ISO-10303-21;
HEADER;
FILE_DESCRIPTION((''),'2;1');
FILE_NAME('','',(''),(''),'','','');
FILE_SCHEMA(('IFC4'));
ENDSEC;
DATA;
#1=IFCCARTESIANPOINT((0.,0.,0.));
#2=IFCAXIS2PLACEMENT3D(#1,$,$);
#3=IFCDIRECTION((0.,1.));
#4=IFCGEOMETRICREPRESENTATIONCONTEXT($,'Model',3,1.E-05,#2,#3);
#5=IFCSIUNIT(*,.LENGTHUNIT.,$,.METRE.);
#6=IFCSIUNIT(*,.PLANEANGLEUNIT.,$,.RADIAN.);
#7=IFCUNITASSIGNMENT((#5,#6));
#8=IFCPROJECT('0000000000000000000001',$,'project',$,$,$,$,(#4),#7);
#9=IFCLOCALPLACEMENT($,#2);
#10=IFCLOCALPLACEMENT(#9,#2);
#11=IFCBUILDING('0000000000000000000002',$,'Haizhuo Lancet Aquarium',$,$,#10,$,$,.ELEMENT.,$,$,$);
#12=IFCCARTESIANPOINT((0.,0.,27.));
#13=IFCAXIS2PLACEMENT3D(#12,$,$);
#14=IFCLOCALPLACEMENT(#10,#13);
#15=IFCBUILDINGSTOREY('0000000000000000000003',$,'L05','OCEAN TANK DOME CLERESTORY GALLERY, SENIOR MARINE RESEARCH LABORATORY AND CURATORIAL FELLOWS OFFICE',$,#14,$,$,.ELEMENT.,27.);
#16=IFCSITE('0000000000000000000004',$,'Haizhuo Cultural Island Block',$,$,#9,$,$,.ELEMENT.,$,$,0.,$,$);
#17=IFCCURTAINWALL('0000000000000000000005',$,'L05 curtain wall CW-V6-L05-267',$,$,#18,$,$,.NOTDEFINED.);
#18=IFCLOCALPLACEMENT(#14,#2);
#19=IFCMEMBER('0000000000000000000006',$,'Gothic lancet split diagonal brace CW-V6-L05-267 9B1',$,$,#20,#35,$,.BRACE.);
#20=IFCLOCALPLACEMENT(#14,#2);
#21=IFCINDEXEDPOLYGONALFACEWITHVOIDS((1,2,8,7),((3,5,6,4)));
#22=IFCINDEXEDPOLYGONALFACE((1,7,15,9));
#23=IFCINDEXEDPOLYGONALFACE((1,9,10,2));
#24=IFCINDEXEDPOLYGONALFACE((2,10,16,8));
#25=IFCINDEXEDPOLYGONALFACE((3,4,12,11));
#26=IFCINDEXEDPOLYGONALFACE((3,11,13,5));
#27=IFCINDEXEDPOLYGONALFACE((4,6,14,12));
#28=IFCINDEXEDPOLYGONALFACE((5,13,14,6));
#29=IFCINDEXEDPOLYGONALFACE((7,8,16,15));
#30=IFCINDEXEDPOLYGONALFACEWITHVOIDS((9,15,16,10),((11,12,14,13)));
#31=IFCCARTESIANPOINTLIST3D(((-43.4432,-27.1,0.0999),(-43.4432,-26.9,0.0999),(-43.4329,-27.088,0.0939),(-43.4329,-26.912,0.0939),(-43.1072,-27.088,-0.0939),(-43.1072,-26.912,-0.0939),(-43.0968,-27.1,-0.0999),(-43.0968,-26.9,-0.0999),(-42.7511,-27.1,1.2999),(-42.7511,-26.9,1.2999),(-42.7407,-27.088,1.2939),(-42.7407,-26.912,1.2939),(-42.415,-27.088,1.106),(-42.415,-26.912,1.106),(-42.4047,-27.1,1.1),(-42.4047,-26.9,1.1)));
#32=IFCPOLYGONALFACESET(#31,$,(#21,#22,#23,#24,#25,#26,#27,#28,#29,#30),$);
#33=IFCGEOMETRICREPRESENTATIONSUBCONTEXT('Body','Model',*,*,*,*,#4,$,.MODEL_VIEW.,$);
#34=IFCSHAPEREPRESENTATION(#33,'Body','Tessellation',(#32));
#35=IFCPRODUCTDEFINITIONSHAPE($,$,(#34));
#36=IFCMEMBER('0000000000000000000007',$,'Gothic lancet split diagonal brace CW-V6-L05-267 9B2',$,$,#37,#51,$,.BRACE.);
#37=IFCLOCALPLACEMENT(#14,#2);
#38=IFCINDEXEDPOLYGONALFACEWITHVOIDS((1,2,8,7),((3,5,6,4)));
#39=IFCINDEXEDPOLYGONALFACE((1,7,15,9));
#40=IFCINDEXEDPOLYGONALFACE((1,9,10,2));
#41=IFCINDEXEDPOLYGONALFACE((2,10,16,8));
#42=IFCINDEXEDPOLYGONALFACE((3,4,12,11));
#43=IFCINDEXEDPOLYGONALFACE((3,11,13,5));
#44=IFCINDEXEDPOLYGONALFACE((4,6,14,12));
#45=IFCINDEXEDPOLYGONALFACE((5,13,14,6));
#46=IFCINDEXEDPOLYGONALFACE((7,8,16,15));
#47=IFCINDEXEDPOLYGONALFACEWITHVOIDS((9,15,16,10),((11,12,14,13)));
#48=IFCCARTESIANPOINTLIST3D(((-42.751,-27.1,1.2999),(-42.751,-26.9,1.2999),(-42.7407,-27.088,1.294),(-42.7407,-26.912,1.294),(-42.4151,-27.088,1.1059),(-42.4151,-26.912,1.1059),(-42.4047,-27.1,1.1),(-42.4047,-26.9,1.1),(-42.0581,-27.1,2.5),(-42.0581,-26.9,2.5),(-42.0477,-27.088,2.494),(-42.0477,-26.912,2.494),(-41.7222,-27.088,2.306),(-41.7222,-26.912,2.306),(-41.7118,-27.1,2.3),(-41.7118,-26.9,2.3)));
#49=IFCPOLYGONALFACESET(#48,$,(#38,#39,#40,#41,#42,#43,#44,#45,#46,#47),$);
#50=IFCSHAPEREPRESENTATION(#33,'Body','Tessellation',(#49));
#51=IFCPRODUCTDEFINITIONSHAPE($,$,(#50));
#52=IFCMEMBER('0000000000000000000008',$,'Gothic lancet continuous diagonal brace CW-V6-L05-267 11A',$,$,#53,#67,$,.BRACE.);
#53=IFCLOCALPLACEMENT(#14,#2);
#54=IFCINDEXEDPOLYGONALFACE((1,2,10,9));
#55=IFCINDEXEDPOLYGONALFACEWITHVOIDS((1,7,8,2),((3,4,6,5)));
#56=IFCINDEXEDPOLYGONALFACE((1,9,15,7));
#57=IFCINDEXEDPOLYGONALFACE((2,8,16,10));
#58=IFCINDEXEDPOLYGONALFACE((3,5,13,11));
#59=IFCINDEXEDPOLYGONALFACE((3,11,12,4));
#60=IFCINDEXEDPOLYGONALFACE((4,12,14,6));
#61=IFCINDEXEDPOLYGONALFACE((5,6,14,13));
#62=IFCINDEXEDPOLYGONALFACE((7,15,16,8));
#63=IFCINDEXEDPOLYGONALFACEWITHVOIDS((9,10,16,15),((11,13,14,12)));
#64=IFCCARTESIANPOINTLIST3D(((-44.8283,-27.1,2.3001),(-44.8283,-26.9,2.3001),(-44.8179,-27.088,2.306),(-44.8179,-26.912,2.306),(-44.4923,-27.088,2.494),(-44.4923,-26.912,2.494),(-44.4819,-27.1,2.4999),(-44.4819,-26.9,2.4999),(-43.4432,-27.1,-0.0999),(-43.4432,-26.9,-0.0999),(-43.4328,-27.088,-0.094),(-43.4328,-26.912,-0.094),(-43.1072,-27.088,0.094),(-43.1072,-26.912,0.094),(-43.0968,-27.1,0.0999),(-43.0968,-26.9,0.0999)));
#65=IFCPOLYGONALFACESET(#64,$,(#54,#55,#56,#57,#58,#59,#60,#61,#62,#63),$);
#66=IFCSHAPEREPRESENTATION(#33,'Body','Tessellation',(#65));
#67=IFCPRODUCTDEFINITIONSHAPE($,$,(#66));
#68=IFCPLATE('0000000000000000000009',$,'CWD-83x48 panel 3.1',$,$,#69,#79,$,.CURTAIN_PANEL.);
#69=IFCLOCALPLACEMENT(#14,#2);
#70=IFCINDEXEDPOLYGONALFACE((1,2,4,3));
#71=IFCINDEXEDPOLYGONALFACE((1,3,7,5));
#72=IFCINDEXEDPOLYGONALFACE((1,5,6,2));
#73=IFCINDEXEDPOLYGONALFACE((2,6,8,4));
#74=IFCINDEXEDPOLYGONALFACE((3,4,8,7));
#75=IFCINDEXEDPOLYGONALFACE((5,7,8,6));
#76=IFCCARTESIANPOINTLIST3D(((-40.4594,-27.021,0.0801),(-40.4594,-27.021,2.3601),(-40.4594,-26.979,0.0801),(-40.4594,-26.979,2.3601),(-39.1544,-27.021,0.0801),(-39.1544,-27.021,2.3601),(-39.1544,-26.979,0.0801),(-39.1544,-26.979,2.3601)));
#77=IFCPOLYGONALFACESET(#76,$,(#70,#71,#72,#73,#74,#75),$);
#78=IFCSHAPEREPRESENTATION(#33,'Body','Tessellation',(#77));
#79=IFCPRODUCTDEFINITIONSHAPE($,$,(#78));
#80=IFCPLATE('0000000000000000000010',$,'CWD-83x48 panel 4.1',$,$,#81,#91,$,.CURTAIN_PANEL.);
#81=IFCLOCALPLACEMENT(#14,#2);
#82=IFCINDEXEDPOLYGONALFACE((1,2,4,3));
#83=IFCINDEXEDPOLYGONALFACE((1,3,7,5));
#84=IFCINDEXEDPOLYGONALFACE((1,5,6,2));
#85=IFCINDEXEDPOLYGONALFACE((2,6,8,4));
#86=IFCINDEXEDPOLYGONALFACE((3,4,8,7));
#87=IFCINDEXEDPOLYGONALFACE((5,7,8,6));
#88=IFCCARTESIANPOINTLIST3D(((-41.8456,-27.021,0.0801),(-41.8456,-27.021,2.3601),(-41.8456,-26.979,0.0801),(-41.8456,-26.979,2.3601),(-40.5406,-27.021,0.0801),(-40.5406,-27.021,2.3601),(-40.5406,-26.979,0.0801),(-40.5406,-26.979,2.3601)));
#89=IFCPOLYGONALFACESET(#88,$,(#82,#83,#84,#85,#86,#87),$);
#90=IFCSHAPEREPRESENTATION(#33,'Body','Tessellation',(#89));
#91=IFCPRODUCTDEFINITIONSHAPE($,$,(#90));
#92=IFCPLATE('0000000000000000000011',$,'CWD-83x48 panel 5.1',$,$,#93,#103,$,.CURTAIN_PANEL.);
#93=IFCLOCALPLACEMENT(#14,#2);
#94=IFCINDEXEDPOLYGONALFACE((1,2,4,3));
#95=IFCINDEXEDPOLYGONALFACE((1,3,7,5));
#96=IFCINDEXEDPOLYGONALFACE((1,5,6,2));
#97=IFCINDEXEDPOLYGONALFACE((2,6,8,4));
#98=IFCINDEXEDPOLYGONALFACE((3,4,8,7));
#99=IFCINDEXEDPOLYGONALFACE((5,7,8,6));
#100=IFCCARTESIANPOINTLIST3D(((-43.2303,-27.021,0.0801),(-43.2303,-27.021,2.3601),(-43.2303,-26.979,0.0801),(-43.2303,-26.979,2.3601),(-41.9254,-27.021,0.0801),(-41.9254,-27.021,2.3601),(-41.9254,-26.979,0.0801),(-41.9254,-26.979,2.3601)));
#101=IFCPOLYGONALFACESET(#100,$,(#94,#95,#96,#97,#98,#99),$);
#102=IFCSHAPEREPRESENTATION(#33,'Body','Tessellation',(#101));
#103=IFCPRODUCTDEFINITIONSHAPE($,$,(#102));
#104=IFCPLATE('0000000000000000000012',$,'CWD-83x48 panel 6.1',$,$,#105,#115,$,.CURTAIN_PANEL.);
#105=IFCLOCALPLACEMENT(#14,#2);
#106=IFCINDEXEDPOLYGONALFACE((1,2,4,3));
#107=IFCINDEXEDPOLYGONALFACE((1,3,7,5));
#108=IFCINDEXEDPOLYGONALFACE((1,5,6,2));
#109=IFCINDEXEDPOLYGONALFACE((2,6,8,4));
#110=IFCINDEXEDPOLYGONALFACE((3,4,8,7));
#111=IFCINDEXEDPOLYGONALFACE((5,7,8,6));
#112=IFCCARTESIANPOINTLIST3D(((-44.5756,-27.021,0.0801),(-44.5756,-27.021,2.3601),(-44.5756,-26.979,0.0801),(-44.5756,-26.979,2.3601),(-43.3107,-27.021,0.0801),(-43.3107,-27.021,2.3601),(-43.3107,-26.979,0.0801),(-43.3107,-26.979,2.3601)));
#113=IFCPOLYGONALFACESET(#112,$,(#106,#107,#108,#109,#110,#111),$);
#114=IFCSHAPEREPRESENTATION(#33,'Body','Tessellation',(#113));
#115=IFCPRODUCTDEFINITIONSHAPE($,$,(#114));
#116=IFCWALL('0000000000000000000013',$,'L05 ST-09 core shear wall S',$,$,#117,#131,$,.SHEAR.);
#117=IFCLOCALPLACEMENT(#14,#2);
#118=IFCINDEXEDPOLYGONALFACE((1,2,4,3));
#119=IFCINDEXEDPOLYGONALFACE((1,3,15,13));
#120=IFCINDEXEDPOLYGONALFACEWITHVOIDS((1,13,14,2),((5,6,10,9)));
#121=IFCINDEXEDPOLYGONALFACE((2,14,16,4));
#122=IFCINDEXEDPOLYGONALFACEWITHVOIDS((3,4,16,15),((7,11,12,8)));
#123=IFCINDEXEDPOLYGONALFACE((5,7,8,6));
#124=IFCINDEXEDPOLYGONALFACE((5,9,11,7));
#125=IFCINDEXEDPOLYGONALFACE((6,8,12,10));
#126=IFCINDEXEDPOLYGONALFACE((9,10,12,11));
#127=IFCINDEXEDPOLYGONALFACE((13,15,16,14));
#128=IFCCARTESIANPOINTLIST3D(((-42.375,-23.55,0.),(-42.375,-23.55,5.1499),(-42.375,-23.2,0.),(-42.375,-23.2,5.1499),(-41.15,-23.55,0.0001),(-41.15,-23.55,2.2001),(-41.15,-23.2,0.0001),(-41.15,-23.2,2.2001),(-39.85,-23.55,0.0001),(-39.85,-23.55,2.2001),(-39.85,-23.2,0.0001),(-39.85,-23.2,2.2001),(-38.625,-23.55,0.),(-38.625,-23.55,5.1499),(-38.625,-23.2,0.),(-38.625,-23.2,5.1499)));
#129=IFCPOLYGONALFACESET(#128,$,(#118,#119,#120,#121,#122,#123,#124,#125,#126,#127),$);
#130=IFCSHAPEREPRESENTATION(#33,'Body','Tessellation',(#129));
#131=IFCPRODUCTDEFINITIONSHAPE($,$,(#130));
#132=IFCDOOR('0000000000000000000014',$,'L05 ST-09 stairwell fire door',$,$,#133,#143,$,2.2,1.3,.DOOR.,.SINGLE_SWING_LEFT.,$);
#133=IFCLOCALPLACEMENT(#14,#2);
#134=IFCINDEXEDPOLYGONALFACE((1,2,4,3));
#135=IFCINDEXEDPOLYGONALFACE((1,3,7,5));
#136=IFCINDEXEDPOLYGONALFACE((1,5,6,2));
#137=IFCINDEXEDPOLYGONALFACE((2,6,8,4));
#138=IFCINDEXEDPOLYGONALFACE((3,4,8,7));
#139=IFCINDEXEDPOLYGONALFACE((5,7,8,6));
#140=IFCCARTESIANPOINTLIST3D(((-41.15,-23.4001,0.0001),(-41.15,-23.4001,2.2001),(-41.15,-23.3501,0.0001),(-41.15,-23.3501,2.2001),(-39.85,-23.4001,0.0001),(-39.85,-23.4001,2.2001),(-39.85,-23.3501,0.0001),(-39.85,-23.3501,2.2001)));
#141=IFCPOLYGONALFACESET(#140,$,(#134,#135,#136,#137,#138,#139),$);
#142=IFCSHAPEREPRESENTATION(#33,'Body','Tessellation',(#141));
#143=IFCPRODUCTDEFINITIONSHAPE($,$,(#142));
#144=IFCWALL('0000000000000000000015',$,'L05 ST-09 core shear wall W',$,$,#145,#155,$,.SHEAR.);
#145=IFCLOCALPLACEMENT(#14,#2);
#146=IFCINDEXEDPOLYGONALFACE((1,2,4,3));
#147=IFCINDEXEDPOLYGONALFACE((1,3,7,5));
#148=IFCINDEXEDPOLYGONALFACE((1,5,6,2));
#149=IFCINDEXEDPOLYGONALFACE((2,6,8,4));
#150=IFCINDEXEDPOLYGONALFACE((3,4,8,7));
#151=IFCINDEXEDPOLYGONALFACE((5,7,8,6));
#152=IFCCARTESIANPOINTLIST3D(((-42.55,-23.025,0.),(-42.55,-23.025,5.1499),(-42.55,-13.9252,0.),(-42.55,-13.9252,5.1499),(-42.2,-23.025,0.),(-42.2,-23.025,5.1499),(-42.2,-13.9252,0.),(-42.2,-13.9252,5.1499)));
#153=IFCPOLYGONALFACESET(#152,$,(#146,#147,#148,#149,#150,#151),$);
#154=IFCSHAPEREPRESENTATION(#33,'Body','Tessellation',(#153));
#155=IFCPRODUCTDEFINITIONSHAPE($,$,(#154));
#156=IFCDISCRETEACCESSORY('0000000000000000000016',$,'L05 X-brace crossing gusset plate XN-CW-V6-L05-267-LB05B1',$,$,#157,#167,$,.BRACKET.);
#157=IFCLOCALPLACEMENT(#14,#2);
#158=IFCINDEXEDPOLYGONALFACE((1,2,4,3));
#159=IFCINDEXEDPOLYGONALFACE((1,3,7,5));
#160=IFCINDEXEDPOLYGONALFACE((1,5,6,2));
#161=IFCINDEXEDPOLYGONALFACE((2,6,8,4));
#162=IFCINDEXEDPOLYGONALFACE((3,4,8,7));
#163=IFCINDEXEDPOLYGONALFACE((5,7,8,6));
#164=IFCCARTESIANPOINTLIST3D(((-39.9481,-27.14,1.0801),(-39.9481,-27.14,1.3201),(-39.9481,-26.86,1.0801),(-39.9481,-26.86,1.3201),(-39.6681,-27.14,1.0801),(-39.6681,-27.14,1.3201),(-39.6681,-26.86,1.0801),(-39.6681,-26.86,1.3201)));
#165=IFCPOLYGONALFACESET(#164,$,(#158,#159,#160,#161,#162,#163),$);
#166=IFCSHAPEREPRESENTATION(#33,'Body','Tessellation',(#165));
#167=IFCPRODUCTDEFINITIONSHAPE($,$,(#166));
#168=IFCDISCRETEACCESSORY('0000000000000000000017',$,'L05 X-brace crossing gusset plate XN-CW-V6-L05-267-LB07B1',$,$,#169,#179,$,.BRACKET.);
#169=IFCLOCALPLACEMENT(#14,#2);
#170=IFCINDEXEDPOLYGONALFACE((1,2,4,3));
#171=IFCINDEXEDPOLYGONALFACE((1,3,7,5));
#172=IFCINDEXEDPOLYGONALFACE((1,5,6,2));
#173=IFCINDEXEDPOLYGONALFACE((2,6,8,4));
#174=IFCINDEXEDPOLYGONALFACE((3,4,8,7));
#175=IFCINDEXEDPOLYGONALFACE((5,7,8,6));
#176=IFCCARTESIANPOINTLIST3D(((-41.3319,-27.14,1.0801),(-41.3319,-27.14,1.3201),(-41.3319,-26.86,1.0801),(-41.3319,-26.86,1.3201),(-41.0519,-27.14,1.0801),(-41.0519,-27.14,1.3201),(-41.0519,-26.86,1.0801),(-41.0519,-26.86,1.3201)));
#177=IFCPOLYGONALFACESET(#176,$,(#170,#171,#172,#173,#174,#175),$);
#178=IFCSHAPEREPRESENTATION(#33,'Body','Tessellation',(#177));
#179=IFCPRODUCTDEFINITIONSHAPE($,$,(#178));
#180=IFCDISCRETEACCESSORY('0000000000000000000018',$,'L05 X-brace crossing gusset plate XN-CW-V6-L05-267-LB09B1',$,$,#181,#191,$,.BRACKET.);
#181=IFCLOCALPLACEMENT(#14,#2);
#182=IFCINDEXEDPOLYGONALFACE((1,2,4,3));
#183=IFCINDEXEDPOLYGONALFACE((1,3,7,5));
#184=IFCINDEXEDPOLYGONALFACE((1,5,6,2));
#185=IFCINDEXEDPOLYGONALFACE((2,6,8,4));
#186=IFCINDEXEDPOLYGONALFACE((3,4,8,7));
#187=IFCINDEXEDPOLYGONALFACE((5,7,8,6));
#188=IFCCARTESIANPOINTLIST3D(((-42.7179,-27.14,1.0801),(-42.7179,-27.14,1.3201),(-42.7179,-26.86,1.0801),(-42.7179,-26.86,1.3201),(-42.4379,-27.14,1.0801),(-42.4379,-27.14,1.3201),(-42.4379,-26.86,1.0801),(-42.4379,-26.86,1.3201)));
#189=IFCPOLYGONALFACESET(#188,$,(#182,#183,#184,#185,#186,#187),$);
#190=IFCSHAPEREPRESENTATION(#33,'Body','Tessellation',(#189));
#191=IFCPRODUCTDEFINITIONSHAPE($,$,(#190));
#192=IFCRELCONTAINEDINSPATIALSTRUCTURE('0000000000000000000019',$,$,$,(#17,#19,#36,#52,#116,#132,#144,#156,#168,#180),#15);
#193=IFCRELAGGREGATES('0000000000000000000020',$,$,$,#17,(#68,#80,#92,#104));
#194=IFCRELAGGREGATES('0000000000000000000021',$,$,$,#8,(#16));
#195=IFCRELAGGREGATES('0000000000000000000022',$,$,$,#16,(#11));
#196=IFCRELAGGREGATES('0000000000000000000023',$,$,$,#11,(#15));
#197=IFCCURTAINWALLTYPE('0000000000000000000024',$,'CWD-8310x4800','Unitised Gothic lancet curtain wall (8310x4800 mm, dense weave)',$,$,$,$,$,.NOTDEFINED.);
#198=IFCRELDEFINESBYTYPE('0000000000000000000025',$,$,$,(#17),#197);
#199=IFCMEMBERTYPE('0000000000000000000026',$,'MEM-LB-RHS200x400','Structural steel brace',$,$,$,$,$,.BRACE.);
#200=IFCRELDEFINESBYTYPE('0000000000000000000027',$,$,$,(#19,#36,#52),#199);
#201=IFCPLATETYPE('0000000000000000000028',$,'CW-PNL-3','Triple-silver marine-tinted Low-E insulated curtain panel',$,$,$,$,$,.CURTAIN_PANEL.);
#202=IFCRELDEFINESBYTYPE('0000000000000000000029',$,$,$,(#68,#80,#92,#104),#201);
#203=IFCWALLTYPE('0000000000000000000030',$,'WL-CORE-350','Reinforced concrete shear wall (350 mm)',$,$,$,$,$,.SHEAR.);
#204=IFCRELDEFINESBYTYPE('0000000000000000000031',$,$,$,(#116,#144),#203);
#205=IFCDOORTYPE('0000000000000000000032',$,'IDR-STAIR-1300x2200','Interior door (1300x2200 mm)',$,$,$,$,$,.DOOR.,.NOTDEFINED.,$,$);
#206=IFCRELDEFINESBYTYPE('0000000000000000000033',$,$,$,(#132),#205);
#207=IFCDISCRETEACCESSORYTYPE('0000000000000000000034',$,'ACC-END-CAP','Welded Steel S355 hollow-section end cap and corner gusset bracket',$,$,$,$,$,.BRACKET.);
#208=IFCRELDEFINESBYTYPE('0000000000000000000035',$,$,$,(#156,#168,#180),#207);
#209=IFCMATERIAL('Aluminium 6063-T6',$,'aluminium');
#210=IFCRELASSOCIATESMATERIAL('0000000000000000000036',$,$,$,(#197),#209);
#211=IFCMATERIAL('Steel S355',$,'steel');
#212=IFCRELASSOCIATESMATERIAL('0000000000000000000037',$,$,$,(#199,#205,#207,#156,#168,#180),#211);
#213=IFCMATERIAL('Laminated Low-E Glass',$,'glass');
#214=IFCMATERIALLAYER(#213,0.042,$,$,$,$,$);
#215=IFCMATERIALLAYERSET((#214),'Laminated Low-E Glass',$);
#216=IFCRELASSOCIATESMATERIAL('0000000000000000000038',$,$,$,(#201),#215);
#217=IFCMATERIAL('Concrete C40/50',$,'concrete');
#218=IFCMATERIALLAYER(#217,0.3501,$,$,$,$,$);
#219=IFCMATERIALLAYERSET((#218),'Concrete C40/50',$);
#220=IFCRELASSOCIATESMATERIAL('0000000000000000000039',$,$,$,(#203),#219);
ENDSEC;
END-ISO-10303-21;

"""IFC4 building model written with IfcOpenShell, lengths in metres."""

from ifc_helpers import new_model, si_unit, direction, frame, frame_2d, origin, origin_2d, place, context, subcontext, project, spatial, rectangle, hollow_rectangle, extrude, material, layer, layer_set, material_profile, profile_set, type_object, element, fill, aggregate, save


model = new_model("IFC4")

# Units and contexts
model_context = context("Model", 3, precision=1e-05, world=origin(), true_north=direction((0.0, 1.0)))
body_context = subcontext(model_context, "Body", "Model", "MODEL_VIEW")
ifc_project = project(units=[si_unit("LENGTHUNIT", "METRE"), si_unit("PLANEANGLEUNIT", "RADIAN")], contexts=[model_context])

# Site, building, storey
site_placement = place(None, origin())
site = spatial("IfcSite", under=ifc_project, at=site_placement, Name="Haizhuo Cultural Island Block", CompositionType="ELEMENT", RefElevation=0.0)
building_placement = place(site_placement, origin())
building = spatial("IfcBuilding", under=site, at=building_placement, Name="Haizhuo Lancet Aquarium", CompositionType="ELEMENT")
storey_placement = place(building_placement, frame((0.0, 0.0, 27.0)))
storey = spatial("IfcBuildingStorey", under=building, at=storey_placement, Name="L05", Description="OCEAN TANK DOME CLERESTORY GALLERY, SENIOR MARINE RESEARCH LABORATORY AND CURATORIAL FELLOWS OFFICE", CompositionType="ELEMENT", Elevation=27.0)

# Curtain wall
ifc_material_1 = material(Name="Aluminium 6063-T6", Category="aluminium")
curtain_wall_type = type_object("IfcCurtainWallType", Name="CWD-8310x4800", Description="Unitised Gothic lancet curtain wall (8310x4800 mm, dense weave)", PredefinedType="NOTDEFINED", material=ifc_material_1)
curtain_wall_placement = place(storey_placement, origin())
curtain_wall = element("IfcCurtainWall", 1, at=curtain_wall_placement, inside=storey, type_object=curtain_wall_type, Name="L05 curtain wall CW-V6-L05-267", PredefinedType="NOTDEFINED")

# Members
ifc_material_2 = material(Name="Steel S355", Category="steel")
ifc_material_profile_1 = material_profile(ifc_material_2, hollow_rectangle(XDim=0.2, YDim=0.3999, WallThickness=0.012, at=origin_2d()), Name="RHS 200x400x12")
ifc_profile_set_1 = profile_set([ifc_material_profile_1], Name="Steel S355")
member_type_1 = type_object("IfcMemberType", Name="MEM-LB-RHS200x400", Description="Structural steel brace", PredefinedType="BRACE", material=ifc_profile_set_1)
member_1_placement = place(storey_placement, frame((-43.27, -27.0, 0.0), z_axis=(0.499646, 0.0, 0.86623), x_axis=(0.0, 1.0, 0.0)))
element("IfcMember", 2, at=member_1_placement, inside=storey, type_object=member_type_1, Name="Gothic lancet split diagonal brace CW-V6-L05-267 9B1", PredefinedType="BRACE", context=body_context, shape_type="SweptSolid", body=[
    extrude(hollow_rectangle(XDim=0.2, YDim=0.3999, WallThickness=0.012, at=origin_2d()), origin(), (0.0, 0.0, 1.0), 1.3853),
])
member_2_placement = place(storey_placement, frame((-42.5779, -27.0, 1.2), z_axis=(0.500043, 0.0, 0.866001), x_axis=(0.0, 1.0, 0.0)))
element("IfcMember", 3, at=member_2_placement, inside=storey, type_object=member_type_1, Name="Gothic lancet split diagonal brace CW-V6-L05-267 9B2", PredefinedType="BRACE", context=body_context, shape_type="SweptSolid", body=[
    extrude(hollow_rectangle(XDim=0.2, YDim=0.3999, WallThickness=0.012, at=origin_2d()), origin(), (0.0, 0.0, 1.0), 1.3857),
])
member_3_placement = place(storey_placement, frame((-43.27, -27.0, 0.0), z_axis=(-0.499844, 0.0, 0.866115), x_axis=(0.0, -1.0, 0.0)))
element("IfcMember", 4, at=member_3_placement, inside=storey, type_object=member_type_1, Name="Gothic lancet continuous diagonal brace CW-V6-L05-267 11A", PredefinedType="BRACE", context=body_context, shape_type="SweptSolid", body=[
    extrude(hollow_rectangle(XDim=0.2, YDim=0.3999, WallThickness=0.012, at=origin_2d()), origin(), (0.0, 0.0, 1.0), 2.771),
])

# Plates
ifc_material_3 = material(Name="Laminated Low-E Glass", Category="glass")
ifc_layer_1 = layer(ifc_material_3, 0.042)
ifc_layer_set_1 = layer_set([ifc_layer_1], Name="Laminated Low-E Glass")
plate_type = type_object("IfcPlateType", Name="CW-PNL-3", Description="Triple-silver marine-tinted Low-E insulated curtain panel", PredefinedType="CURTAIN_PANEL", material=ifc_layer_set_1)
plate_1_placement = place(storey_placement, frame((-39.8069, -27.0, 0.0801), z_axis=(0.0, 0.0, 1.0), x_axis=(-1.0, 0.0, 0.0)))
plate_1 = element("IfcPlate", 5, at=plate_1_placement, type_object=plate_type, Name="CWD-83x48 panel 3.1", PredefinedType="CURTAIN_PANEL", context=body_context, shape_type="SweptSolid", body=[
    extrude(rectangle(XDim=1.3049, YDim=0.042, at=origin_2d()), origin(), (0.0, 0.0, 1.0), 2.28),
])
plate_2_placement = place(storey_placement, frame((-41.1931, -27.0, 0.0801), z_axis=(0.0, 0.0, 1.0), x_axis=(-1.0, 0.0, 0.0)))
plate_2 = element("IfcPlate", 6, at=plate_2_placement, type_object=plate_type, Name="CWD-83x48 panel 4.1", PredefinedType="CURTAIN_PANEL", context=body_context, shape_type="SweptSolid", body=[
    extrude(rectangle(XDim=1.3049, YDim=0.042, at=origin_2d()), origin(), (0.0, 0.0, 1.0), 2.28),
])
plate_3_placement = place(storey_placement, frame((-42.5779, -27.0, 0.0801), z_axis=(0.0, 0.0, 1.0), x_axis=(-1.0, 0.0, 0.0)))
plate_3 = element("IfcPlate", 7, at=plate_3_placement, type_object=plate_type, Name="CWD-83x48 panel 5.1", PredefinedType="CURTAIN_PANEL", context=body_context, shape_type="SweptSolid", body=[
    extrude(rectangle(XDim=1.3049, YDim=0.042, at=origin_2d()), origin(), (0.0, 0.0, 1.0), 2.28),
])
plate_4_placement = place(storey_placement, frame((-43.9431, -27.0, 0.0801), z_axis=(0.0, 0.0, 1.0), x_axis=(-1.0, 0.0, 0.0)))
plate_4 = element("IfcPlate", 8, at=plate_4_placement, type_object=plate_type, Name="CWD-83x48 panel 6.1", PredefinedType="CURTAIN_PANEL", context=body_context, shape_type="SweptSolid", body=[
    extrude(rectangle(XDim=1.2649, YDim=0.042, at=origin_2d()), origin(), (0.0, 0.0, 1.0), 2.28),
])
aggregate(curtain_wall, [plate_1, plate_2, plate_3, plate_4])

# Wall, opening, door
ifc_material_4 = material(Name="Concrete C40/50", Category="concrete")
ifc_layer_2 = layer(ifc_material_4, 0.3501)
ifc_layer_set_2 = layer_set([ifc_layer_2], Name="Concrete C40/50")
wall_type = type_object("IfcWallType", Name="WL-CORE-350", Description="Reinforced concrete shear wall (350 mm)", PredefinedType="SHEAR", material=ifc_layer_set_2)
wall_1_placement = place(storey_placement, frame((-42.375, -23.375, 0.0), z_axis=(0.0, 0.0, 1.0), x_axis=(1.0, 0.0, 0.0)))
wall_1 = element("IfcWall", 9, at=wall_1_placement, inside=storey, type_object=wall_type, Name="L05 ST-09 core shear wall S", PredefinedType="SHEAR", context=body_context, shape_type="SweptSolid", body=[
    extrude(rectangle(XDim=3.75, YDim=0.3501, at=frame_2d((1.875, 0.0))), origin(), (0.0, 0.0, 1.0), 5.1499),
])
opening_placement = place(wall_1_placement, frame((1.2251, 0.0, 0.0)))
opening = element("IfcOpeningElement", 10, at=opening_placement, cuts=wall_1, PredefinedType="OPENING", context=body_context, shape_type="SweptSolid", body=[
    extrude(rectangle(XDim=1.3, YDim=2.2, at=frame_2d((0.6499, 1.1001))), frame((0.0, 0.1851, 0.0), z_axis=(0.0, -1.0, 0.0), x_axis=(1.0, 0.0, 0.0)), (0.0, 0.0, 1.0), 0.3701),
])
door_type = type_object("IfcDoorType", Name="IDR-STAIR-1300x2200", Description="Interior door (1300x2200 mm)", OperationType="NOTDEFINED", PredefinedType="DOOR", material=ifc_material_2)
door_placement = place(opening_placement, origin())
door = element("IfcDoor", 11, at=door_placement, inside=storey, type_object=door_type, Name="L05 ST-09 stairwell fire door", OperationType="SINGLE_SWING_LEFT", OverallHeight=2.2, OverallWidth=1.3, PredefinedType="DOOR", context=body_context, shape_type="SweptSolid", body=[
    extrude(rectangle(XDim=1.3, YDim=2.2, at=frame_2d((0.6499, 1.1001))), frame((0.0, 0.0249, 0.0), z_axis=(0.0, -1.0, 0.0), x_axis=(1.0, 0.0, 0.0)), (0.0, 0.0, 1.0), 0.05),
])
fill(opening, door)

# Wall
wall_2_placement = place(storey_placement, frame((-42.375, -23.0249, 0.0), z_axis=(0.0, 0.0, 1.0), x_axis=(0.0, 1.0, 0.0)))
element("IfcWall", 12, at=wall_2_placement, inside=storey, type_object=wall_type, Name="L05 ST-09 core shear wall W", PredefinedType="SHEAR", context=body_context, shape_type="SweptSolid", body=[
    extrude(rectangle(XDim=9.0999, YDim=0.3501, at=frame_2d((4.5498, 0.0))), origin(), (0.0, 0.0, 1.0), 5.1499),
])

# Discrete accessories
discrete_accessory_type = type_object("IfcDiscreteAccessoryType", Name="ACC-END-CAP", Description="Welded Steel S355 hollow-section end cap and corner gusset bracket", PredefinedType="BRACKET", material=ifc_material_2)
for number, where, z_axis, x_axis, name in (
    (13, (-39.8081, -27.0, 1.0801), (0.0, 0.0, 1.0), (1.0, 0.0, 0.0), "L05 X-brace crossing gusset plate XN-CW-V6-L05-267-LB05B1"),
    (14, (-41.1919, -27.0, 1.0801), (0.0, 0.0, 1.0), (1.0, 0.0, 0.0), "L05 X-brace crossing gusset plate XN-CW-V6-L05-267-LB07B1"),
    (15, (-42.5779, -27.0, 1.0801), (0.0, 0.0, 1.0), (1.0, 0.0, 0.0), "L05 X-brace crossing gusset plate XN-CW-V6-L05-267-LB09B1"),
):
    element("IfcDiscreteAccessory", number, at=place(storey_placement, frame(where, z_axis=z_axis, x_axis=x_axis)), inside=storey, type_object=discrete_accessory_type, material=ifc_material_2, Name=name, PredefinedType="BRACKET", context=body_context, shape_type="SweptSolid", body=[
        extrude(rectangle(XDim=0.28, YDim=0.28, at=origin_2d()), origin(), (0.0, 0.0, 1.0), 0.24),
    ])

save(model, "model.ifc")
